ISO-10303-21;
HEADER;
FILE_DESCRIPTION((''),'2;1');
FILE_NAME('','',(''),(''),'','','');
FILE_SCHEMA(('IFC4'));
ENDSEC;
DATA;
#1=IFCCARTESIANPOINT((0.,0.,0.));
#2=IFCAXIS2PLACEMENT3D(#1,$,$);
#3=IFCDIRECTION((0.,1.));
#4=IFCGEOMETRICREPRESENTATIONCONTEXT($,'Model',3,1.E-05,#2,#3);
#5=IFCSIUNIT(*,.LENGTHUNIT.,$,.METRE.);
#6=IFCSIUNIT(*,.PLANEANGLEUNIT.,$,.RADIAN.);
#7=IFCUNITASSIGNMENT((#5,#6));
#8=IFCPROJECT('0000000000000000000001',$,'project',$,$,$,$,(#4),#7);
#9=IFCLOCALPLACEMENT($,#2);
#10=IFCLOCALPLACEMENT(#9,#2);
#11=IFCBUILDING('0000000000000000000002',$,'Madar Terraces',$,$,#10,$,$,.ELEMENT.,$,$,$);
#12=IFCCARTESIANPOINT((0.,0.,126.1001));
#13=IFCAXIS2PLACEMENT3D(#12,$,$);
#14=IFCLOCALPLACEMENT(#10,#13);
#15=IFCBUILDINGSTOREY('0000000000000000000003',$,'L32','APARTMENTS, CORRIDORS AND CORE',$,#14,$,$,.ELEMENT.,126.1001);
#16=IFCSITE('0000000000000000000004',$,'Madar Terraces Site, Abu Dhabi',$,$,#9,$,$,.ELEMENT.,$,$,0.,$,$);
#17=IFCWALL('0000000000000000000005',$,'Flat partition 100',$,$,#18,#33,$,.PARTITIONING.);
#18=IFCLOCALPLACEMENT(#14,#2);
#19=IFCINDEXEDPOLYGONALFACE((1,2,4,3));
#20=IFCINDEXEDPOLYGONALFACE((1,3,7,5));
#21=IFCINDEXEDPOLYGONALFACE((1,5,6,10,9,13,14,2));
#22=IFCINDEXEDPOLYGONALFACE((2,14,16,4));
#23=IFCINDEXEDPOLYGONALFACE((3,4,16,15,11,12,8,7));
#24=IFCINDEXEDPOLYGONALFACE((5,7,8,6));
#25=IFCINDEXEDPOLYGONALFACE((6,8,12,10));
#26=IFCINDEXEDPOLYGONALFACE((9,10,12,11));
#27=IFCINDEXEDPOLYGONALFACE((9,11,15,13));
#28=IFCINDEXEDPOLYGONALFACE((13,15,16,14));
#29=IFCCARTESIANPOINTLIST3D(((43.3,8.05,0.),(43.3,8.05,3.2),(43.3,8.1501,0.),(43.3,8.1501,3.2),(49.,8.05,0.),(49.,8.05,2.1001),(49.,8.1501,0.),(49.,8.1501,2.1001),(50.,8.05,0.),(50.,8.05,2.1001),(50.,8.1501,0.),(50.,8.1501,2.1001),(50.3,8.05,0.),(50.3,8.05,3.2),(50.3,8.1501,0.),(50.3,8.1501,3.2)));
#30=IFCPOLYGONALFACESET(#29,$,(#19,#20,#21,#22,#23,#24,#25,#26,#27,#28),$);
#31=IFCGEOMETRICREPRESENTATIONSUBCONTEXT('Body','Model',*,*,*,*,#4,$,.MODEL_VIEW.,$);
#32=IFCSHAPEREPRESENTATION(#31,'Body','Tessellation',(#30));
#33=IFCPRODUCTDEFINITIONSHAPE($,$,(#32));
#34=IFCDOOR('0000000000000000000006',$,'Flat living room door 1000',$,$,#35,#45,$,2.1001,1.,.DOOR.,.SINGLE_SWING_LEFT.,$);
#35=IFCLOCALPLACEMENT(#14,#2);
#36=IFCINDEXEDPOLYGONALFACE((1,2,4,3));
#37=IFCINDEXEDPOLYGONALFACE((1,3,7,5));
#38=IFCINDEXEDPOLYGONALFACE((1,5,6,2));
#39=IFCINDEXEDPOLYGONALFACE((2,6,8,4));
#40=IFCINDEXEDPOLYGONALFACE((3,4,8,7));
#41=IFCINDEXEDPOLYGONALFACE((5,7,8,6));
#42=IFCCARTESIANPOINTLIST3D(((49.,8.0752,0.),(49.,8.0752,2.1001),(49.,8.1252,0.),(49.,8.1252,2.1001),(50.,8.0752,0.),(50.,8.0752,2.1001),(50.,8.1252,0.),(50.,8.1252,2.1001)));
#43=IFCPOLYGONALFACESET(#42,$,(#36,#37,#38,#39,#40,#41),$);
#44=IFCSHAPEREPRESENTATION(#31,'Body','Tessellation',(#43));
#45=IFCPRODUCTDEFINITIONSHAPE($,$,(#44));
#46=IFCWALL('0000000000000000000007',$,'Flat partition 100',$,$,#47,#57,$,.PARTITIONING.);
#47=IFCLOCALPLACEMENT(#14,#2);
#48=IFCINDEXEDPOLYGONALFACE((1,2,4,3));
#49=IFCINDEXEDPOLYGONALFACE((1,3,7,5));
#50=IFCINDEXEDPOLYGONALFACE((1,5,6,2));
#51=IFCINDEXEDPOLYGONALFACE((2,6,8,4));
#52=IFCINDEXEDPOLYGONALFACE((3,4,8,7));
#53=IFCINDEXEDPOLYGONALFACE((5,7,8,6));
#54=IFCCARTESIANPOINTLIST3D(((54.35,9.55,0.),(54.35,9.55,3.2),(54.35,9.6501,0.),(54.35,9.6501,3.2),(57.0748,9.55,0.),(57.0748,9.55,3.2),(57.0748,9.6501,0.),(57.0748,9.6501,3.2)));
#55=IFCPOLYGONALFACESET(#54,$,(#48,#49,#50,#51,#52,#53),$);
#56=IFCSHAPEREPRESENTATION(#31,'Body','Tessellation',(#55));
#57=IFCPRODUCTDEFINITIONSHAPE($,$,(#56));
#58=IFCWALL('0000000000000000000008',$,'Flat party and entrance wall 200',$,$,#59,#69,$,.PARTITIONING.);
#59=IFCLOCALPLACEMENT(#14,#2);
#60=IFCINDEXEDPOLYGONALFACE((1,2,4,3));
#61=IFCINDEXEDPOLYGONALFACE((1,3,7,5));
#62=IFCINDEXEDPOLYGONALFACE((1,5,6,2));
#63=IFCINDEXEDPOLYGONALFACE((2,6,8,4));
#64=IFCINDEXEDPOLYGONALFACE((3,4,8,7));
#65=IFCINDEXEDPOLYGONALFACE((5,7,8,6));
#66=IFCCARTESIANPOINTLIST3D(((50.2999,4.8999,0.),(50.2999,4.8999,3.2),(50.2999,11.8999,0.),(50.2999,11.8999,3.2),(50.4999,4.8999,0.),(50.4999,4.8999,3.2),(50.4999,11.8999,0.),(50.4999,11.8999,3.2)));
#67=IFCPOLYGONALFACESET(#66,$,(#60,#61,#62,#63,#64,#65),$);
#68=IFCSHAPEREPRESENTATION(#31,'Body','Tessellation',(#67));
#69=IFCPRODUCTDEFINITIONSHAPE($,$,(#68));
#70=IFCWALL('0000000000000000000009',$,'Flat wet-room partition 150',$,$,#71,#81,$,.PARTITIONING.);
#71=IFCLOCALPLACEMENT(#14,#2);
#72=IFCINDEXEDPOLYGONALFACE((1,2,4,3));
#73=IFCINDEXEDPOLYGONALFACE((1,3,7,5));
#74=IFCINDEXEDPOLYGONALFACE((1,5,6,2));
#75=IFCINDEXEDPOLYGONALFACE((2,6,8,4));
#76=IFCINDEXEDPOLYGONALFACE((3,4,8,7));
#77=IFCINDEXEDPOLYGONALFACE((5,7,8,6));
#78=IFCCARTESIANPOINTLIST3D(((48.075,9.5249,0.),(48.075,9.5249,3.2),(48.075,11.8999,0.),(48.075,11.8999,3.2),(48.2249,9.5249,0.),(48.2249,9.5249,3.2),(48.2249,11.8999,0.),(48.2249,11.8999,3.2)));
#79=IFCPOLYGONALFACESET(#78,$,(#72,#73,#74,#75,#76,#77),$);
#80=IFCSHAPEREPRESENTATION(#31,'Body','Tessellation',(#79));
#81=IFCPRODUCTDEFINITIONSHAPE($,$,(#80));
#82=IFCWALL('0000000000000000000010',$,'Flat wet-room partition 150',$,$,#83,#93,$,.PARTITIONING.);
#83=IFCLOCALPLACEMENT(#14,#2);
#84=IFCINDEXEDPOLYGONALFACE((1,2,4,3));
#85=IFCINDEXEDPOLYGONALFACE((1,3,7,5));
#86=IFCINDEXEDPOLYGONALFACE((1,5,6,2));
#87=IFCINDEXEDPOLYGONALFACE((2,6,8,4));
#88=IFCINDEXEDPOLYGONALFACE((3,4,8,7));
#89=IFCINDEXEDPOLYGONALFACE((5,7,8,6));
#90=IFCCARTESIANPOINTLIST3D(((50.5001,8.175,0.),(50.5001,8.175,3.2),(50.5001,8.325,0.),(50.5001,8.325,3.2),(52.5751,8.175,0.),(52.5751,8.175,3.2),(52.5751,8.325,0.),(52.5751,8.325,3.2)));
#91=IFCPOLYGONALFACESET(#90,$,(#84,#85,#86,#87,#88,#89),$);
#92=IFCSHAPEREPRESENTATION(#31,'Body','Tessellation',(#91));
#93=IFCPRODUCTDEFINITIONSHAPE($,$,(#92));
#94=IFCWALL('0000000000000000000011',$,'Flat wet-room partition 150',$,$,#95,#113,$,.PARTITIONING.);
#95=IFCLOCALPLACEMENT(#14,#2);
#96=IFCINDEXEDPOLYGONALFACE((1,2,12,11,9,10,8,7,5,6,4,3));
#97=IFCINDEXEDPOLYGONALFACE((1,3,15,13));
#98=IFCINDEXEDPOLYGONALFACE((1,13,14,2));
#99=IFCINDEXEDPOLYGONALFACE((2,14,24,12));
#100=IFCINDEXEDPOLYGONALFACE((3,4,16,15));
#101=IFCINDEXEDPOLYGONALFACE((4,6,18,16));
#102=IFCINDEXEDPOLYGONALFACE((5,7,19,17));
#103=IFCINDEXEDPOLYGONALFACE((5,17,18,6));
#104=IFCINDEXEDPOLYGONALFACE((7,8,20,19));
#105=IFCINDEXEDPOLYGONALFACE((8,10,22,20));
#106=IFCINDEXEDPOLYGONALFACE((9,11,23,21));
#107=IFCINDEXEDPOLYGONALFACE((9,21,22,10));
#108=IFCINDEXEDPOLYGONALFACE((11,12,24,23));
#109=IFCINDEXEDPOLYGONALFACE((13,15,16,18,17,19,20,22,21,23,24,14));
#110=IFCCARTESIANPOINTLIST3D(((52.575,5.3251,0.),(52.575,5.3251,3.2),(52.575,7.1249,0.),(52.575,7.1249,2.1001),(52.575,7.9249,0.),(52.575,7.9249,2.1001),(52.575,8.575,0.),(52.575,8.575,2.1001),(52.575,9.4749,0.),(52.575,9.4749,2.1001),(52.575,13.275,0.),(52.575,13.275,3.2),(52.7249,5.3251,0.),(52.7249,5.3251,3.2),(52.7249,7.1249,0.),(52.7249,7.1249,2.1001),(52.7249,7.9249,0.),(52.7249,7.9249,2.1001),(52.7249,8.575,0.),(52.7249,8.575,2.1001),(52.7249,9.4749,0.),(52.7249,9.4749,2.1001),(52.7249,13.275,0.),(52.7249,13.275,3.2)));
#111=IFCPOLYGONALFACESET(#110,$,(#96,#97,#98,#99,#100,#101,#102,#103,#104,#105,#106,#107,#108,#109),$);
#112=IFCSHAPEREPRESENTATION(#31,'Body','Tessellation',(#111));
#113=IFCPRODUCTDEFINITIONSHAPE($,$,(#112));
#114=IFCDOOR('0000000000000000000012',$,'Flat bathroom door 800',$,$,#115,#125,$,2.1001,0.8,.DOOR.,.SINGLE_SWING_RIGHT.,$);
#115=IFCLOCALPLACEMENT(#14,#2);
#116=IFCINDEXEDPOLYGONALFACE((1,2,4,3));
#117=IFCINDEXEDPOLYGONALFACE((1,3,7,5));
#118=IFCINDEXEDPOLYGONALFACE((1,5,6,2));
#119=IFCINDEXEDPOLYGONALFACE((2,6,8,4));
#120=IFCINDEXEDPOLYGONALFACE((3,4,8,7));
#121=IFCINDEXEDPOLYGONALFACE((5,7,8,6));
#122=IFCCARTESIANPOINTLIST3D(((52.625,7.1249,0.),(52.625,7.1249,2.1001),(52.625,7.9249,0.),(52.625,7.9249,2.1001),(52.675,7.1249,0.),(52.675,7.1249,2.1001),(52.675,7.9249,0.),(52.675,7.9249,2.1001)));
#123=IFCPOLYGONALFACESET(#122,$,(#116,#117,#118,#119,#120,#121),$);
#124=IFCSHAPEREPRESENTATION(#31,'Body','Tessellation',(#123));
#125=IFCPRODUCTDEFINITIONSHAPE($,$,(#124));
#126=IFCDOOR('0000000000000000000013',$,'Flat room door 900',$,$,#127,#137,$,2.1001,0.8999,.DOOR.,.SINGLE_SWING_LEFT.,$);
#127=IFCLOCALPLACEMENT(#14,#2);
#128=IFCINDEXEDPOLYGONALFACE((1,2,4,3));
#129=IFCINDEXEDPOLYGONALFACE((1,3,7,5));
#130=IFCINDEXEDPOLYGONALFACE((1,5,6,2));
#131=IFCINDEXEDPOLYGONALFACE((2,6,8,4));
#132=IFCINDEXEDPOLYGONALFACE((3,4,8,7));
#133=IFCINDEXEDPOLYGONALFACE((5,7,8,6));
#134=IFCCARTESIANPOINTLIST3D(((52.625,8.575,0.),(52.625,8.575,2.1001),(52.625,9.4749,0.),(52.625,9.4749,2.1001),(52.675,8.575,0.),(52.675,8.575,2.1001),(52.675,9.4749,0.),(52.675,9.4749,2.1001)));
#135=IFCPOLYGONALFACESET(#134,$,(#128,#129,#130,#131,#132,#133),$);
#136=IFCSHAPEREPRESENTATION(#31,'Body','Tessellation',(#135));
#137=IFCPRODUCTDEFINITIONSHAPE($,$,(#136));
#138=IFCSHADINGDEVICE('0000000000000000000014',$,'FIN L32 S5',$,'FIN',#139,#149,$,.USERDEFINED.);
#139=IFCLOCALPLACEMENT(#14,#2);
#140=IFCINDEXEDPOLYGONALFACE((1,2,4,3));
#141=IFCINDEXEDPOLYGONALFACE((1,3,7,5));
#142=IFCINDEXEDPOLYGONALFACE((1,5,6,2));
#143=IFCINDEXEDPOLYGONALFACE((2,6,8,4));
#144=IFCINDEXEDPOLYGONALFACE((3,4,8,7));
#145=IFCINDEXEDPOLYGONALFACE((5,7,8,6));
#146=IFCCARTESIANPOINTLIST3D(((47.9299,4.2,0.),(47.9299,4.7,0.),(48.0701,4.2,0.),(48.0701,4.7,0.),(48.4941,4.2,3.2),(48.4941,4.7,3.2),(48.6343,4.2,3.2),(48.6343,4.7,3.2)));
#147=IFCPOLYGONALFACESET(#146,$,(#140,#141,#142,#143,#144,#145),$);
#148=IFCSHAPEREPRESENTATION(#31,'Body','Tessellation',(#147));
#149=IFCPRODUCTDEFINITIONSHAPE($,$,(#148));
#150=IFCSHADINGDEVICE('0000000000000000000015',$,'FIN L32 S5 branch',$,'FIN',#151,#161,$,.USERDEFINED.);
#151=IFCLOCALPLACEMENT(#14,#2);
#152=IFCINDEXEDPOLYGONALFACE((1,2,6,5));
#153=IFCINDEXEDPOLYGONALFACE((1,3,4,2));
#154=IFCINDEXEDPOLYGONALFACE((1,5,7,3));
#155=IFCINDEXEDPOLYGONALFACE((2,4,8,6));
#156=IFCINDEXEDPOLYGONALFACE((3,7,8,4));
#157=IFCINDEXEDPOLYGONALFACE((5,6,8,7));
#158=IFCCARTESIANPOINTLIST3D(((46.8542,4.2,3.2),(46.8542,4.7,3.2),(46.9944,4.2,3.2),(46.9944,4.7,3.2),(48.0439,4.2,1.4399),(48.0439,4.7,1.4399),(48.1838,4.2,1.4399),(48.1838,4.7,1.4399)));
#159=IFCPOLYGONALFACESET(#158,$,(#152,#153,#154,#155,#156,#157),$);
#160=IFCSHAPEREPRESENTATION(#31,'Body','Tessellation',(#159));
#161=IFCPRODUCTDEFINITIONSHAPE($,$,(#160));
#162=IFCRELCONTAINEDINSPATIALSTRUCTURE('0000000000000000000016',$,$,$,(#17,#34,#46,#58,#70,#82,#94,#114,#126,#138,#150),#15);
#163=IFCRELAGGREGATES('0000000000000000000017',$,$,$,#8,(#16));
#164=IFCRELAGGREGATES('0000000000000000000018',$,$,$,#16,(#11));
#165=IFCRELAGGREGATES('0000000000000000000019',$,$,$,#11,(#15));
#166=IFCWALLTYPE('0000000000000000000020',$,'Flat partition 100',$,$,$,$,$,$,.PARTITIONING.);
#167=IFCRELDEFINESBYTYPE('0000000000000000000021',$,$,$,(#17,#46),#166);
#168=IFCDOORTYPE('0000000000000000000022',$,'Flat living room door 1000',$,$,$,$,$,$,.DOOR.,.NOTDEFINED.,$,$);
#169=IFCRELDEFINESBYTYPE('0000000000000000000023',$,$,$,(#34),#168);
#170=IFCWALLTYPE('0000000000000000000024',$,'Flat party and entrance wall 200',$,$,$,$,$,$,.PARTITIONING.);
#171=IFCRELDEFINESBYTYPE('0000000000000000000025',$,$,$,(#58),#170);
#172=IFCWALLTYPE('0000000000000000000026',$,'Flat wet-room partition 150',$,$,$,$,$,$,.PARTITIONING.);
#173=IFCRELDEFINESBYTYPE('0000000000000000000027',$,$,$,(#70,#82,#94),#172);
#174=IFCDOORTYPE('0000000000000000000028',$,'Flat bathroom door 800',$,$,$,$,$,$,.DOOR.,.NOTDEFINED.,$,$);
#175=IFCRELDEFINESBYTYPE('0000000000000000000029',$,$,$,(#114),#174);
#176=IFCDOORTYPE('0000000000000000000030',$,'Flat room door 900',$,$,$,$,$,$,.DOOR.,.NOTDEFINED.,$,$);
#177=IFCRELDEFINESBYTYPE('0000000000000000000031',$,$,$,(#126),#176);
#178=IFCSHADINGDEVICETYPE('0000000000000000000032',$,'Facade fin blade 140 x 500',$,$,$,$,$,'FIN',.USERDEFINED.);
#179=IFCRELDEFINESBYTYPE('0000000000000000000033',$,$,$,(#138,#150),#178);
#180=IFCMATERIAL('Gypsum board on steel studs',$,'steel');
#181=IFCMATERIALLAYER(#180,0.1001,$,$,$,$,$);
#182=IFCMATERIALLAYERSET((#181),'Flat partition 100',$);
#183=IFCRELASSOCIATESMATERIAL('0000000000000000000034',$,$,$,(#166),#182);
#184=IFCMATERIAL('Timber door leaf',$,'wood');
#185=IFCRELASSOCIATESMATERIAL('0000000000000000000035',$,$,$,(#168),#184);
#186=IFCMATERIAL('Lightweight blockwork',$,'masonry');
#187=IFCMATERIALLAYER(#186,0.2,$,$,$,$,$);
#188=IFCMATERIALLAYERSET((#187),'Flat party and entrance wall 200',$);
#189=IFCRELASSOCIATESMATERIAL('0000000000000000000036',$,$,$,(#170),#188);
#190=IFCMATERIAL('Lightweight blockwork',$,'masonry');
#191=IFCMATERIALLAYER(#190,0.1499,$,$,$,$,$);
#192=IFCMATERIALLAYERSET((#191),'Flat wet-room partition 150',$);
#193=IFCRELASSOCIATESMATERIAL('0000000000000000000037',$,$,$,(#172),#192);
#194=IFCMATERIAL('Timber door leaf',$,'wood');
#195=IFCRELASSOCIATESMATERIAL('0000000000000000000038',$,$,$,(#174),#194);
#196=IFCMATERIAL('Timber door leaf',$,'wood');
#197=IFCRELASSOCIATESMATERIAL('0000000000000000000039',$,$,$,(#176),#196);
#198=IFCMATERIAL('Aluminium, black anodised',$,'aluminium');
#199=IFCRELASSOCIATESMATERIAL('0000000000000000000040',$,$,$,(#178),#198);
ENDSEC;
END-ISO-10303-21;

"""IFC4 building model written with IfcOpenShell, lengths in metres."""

from ifc_helpers import new_model, si_unit, direction, frame, frame_2d, origin, place, context, subcontext, project, spatial, polyline, rectangle, outline, extrude, material, layer, layer_set, type_object, element, fill, save


model = new_model("IFC4")

# Units and contexts
model_context = context("Model", 3, precision=1e-05, world=origin(), true_north=direction((0.0, 1.0)))
body_context = subcontext(model_context, "Body", "Model", "MODEL_VIEW")
ifc_project = project(units=[si_unit("LENGTHUNIT", "METRE"), si_unit("PLANEANGLEUNIT", "RADIAN")], contexts=[model_context])

# Site, building, storey
site_placement = place(None, origin())
site = spatial("IfcSite", under=ifc_project, at=site_placement, Name="Madar Terraces Site, Abu Dhabi", CompositionType="ELEMENT", RefElevation=0.0)
building_placement = place(site_placement, origin())
building = spatial("IfcBuilding", under=site, at=building_placement, Name="Madar Terraces", CompositionType="ELEMENT")
storey_placement = place(building_placement, frame((0.0, 0.0, 126.1001)))
storey = spatial("IfcBuildingStorey", under=building, at=storey_placement, Name="L32", Description="APARTMENTS, CORRIDORS AND CORE", CompositionType="ELEMENT", Elevation=126.1001)

# Wall, opening, door
ifc_material_1 = material(Name="Gypsum board on steel studs", Category="steel")
ifc_layer_1 = layer(ifc_material_1, 0.1001)
ifc_layer_set_1 = layer_set([ifc_layer_1], Name="Flat partition 100")
wall_type_1 = type_object("IfcWallType", Name="Flat partition 100", PredefinedType="PARTITIONING", material=ifc_layer_set_1)
wall_1_placement = place(storey_placement, frame((50.3, 8.1001, 0.0), z_axis=(0.0, 0.0, 1.0), x_axis=(-1.0, 0.0, 0.0)))
wall_1 = element("IfcWall", 1, at=wall_1_placement, inside=storey, type_object=wall_type_1, Name="Flat partition 100", PredefinedType="PARTITIONING", context=body_context, shape_type="SweptSolid", body=[
    extrude(rectangle(XDim=7.0, YDim=0.1001, at=frame_2d((3.5, 0.0))), origin(), (0.0, 0.0, 1.0), 3.2),
])
opening_1_placement = place(wall_1_placement, frame((0.3, 0.0, 0.0)))
opening_1 = element("IfcOpeningElement", 2, at=opening_1_placement, cuts=wall_1, PredefinedType="OPENING", context=body_context, shape_type="SweptSolid", body=[
    extrude(rectangle(XDim=1.0, YDim=2.1001, at=frame_2d((0.5, 1.05))), frame((0.0, 0.0601, 0.0), z_axis=(0.0, -1.0, 0.0), x_axis=(1.0, 0.0, 0.0)), (0.0, 0.0, 1.0), 0.1201),
])
ifc_material_2 = material(Name="Timber door leaf", Category="wood")
door_type_1 = type_object("IfcDoorType", Name="Flat living room door 1000", OperationType="NOTDEFINED", PredefinedType="DOOR", material=ifc_material_2)
door_1_placement = place(opening_1_placement, origin())
door_1 = element("IfcDoor", 3, at=door_1_placement, inside=storey, type_object=door_type_1, Name="Flat living room door 1000", OperationType="SINGLE_SWING_LEFT", OverallHeight=2.1001, OverallWidth=1.0, PredefinedType="DOOR", context=body_context, shape_type="SweptSolid", body=[
    extrude(rectangle(XDim=1.0, YDim=2.1001, at=frame_2d((0.5, 1.05))), frame((0.0, 0.0249, 0.0), z_axis=(0.0, -1.0, 0.0), x_axis=(1.0, 0.0, 0.0)), (0.0, 0.0, 1.0), 0.05),
])
fill(opening_1, door_1)

# Walls
wall_2_placement = place(storey_placement, frame((54.3501, 9.6001, 0.0), z_axis=(0.0, 0.0, 1.0), x_axis=(1.0, 0.0, 0.0)))
element("IfcWall", 4, at=wall_2_placement, inside=storey, type_object=wall_type_1, Name="Flat partition 100", PredefinedType="PARTITIONING", context=body_context, shape_type="SweptSolid", body=[
    extrude(rectangle(XDim=2.7249, YDim=0.1001, at=frame_2d((1.3623, 0.0))), origin(), (0.0, 0.0, 1.0), 3.2),
])
ifc_material_3 = material(Name="Lightweight blockwork", Category="masonry")
ifc_layer_2 = layer(ifc_material_3, 0.2)
ifc_layer_set_2 = layer_set([ifc_layer_2], Name="Flat party and entrance wall 200")
wall_type_2 = type_object("IfcWallType", Name="Flat party and entrance wall 200", PredefinedType="PARTITIONING", material=ifc_layer_set_2)
wall_3_placement = place(storey_placement, frame((50.3999, 11.8999, 0.0), z_axis=(0.0, 0.0, 1.0), x_axis=(0.0, -1.0, 0.0)))
element("IfcWall", 5, at=wall_3_placement, inside=storey, type_object=wall_type_2, Name="Flat party and entrance wall 200", PredefinedType="PARTITIONING", context=body_context, shape_type="SweptSolid", body=[
    extrude(rectangle(XDim=7.0, YDim=0.2, at=frame_2d((3.5, 0.0))), origin(), (0.0, 0.0, 1.0), 3.2),
])
ifc_material_4 = material(Name="Lightweight blockwork", Category="masonry")
ifc_layer_3 = layer(ifc_material_4, 0.1499)
ifc_layer_set_3 = layer_set([ifc_layer_3], Name="Flat wet-room partition 150")
wall_type_3 = type_object("IfcWallType", Name="Flat wet-room partition 150", PredefinedType="PARTITIONING", material=ifc_layer_set_3)
wall_4_placement = place(storey_placement, frame((48.1499, 11.8999, 0.0), z_axis=(0.0, 0.0, 1.0), x_axis=(0.0, -1.0, 0.0)))
element("IfcWall", 6, at=wall_4_placement, inside=storey, type_object=wall_type_3, Name="Flat wet-room partition 150", PredefinedType="PARTITIONING", context=body_context, shape_type="SweptSolid", body=[
    extrude(rectangle(XDim=2.375, YDim=0.1499, at=frame_2d((1.1875, 0.0))), origin(), (0.0, 0.0, 1.0), 3.2),
])
wall_5_placement = place(storey_placement, frame((50.5, 8.25, 0.0), z_axis=(0.0, 0.0, 1.0), x_axis=(1.0, 0.0, 0.0)))
element("IfcWall", 7, at=wall_5_placement, inside=storey, type_object=wall_type_3, Name="Flat wet-room partition 150", PredefinedType="PARTITIONING", context=body_context, shape_type="SweptSolid", body=[
    extrude(rectangle(XDim=2.075, YDim=0.1499, at=frame_2d((1.0376, 0.0))), origin(), (0.0, 0.0, 1.0), 3.2),
])

# Wall, openings, doors
wall_6_placement = place(storey_placement, frame((52.6499, 5.325, 0.0), z_axis=(0.0, 0.0, 1.0), x_axis=(0.0, 1.0, 0.0)))
wall_6 = element("IfcWall", 8, at=wall_6_placement, inside=storey, type_object=wall_type_3, Name="Flat wet-room partition 150", PredefinedType="PARTITIONING", context=body_context, shape_type="SweptSolid", body=[
    extrude(rectangle(XDim=7.95, YDim=0.1499, at=frame_2d((3.9751, 0.0))), origin(), (0.0, 0.0, 1.0), 3.2),
])
opening_2_placement = place(wall_6_placement, frame((3.25, 0.0, 0.0)))
opening_2 = element("IfcOpeningElement", 9, at=opening_2_placement, cuts=wall_6, PredefinedType="OPENING", context=body_context, shape_type="SweptSolid", body=[
    extrude(rectangle(XDim=0.8999, YDim=2.1001, at=frame_2d((0.45, 1.05))), frame((0.0, 0.085, 0.0), z_axis=(0.0, -1.0, 0.0), x_axis=(1.0, 0.0, 0.0)), (0.0, 0.0, 1.0), 0.1699),
])
opening_3_placement = place(wall_6_placement, frame((1.8, 0.0, 0.0)))
opening_3 = element("IfcOpeningElement", 10, at=opening_3_placement, cuts=wall_6, PredefinedType="OPENING", context=body_context, shape_type="SweptSolid", body=[
    extrude(rectangle(XDim=0.8, YDim=2.1001, at=frame_2d((0.3999, 1.05))), frame((0.0, 0.085, 0.0), z_axis=(0.0, -1.0, 0.0), x_axis=(1.0, 0.0, 0.0)), (0.0, 0.0, 1.0), 0.1699),
])
ifc_material_5 = material(Name="Timber door leaf", Category="wood")
door_type_2 = type_object("IfcDoorType", Name="Flat bathroom door 800", OperationType="NOTDEFINED", PredefinedType="DOOR", material=ifc_material_5)
door_2_placement = place(opening_3_placement, origin())
door_2 = element("IfcDoor", 11, at=door_2_placement, inside=storey, type_object=door_type_2, Name="Flat bathroom door 800", OperationType="SINGLE_SWING_RIGHT", OverallHeight=2.1001, OverallWidth=0.8, PredefinedType="DOOR", context=body_context, shape_type="SweptSolid", body=[
    extrude(rectangle(XDim=0.8, YDim=2.1001, at=frame_2d((0.3999, 1.05))), frame((0.0, 0.0249, 0.0), z_axis=(0.0, -1.0, 0.0), x_axis=(1.0, 0.0, 0.0)), (0.0, 0.0, 1.0), 0.05),
])
fill(opening_3, door_2)
ifc_material_6 = material(Name="Timber door leaf", Category="wood")
door_type_3 = type_object("IfcDoorType", Name="Flat room door 900", OperationType="NOTDEFINED", PredefinedType="DOOR", material=ifc_material_6)
door_3_placement = place(opening_2_placement, origin())
door_3 = element("IfcDoor", 12, at=door_3_placement, inside=storey, type_object=door_type_3, Name="Flat room door 900", OperationType="SINGLE_SWING_LEFT", OverallHeight=2.1001, OverallWidth=0.8999, PredefinedType="DOOR", context=body_context, shape_type="SweptSolid", body=[
    extrude(rectangle(XDim=0.8999, YDim=2.1001, at=frame_2d((0.45, 1.05))), frame((0.0, 0.0249, 0.0), z_axis=(0.0, -1.0, 0.0), x_axis=(1.0, 0.0, 0.0)), (0.0, 0.0, 1.0), 0.05),
])
fill(opening_2, door_3)

# Shading devices
ifc_material_7 = material(Name="Aluminium, black anodised", Category="aluminium")
shading_device_type = type_object("IfcShadingDeviceType", Name="Facade fin blade 140 x 500", ElementType="FIN", PredefinedType="USERDEFINED", material=ifc_material_7)
shading_device_1_placement = place(storey_placement, frame((47.9299, 4.45, 0.0), z_axis=(0.0, 0.0, 1.0), x_axis=(1.0, 0.0, 0.0)))
element("IfcShadingDevice", 13, at=shading_device_1_placement, inside=storey, type_object=shading_device_type, Name="FIN L32 S5", ObjectType="FIN", PredefinedType="USERDEFINED", context=body_context, shape_type="SweptSolid", body=[
    extrude(outline(polyline([(0.0, 0.0), (0.1401, 0.0), (0.7043, 3.2), (0.5642, 3.2), (0.0, 0.0)])), frame((0.0, 0.25, 0.0), z_axis=(0.0, -1.0, 0.0), x_axis=(1.0, 0.0, 0.0)), (0.0, 0.0, 1.0), 0.5),
])
shading_device_2_placement = place(storey_placement, frame((48.0439, 4.45, 1.4399), z_axis=(0.0, 0.0, 1.0), x_axis=(1.0, 0.0, 0.0)))
element("IfcShadingDevice", 14, at=shading_device_2_placement, inside=storey, type_object=shading_device_type, Name="FIN L32 S5 branch", ObjectType="FIN", PredefinedType="USERDEFINED", context=body_context, shape_type="SweptSolid", body=[
    extrude(outline(polyline([(0.0, 0.0), (0.1399, 0.0), (-1.0496, 1.76), (-1.1897, 1.76), (0.0, 0.0)])), frame((0.0, 0.25, 0.0), z_axis=(0.0, -1.0, 0.0), x_axis=(1.0, 0.0, 0.0)), (0.0, 0.0, 1.0), 0.5),
])

save(model, "model.ifc")
